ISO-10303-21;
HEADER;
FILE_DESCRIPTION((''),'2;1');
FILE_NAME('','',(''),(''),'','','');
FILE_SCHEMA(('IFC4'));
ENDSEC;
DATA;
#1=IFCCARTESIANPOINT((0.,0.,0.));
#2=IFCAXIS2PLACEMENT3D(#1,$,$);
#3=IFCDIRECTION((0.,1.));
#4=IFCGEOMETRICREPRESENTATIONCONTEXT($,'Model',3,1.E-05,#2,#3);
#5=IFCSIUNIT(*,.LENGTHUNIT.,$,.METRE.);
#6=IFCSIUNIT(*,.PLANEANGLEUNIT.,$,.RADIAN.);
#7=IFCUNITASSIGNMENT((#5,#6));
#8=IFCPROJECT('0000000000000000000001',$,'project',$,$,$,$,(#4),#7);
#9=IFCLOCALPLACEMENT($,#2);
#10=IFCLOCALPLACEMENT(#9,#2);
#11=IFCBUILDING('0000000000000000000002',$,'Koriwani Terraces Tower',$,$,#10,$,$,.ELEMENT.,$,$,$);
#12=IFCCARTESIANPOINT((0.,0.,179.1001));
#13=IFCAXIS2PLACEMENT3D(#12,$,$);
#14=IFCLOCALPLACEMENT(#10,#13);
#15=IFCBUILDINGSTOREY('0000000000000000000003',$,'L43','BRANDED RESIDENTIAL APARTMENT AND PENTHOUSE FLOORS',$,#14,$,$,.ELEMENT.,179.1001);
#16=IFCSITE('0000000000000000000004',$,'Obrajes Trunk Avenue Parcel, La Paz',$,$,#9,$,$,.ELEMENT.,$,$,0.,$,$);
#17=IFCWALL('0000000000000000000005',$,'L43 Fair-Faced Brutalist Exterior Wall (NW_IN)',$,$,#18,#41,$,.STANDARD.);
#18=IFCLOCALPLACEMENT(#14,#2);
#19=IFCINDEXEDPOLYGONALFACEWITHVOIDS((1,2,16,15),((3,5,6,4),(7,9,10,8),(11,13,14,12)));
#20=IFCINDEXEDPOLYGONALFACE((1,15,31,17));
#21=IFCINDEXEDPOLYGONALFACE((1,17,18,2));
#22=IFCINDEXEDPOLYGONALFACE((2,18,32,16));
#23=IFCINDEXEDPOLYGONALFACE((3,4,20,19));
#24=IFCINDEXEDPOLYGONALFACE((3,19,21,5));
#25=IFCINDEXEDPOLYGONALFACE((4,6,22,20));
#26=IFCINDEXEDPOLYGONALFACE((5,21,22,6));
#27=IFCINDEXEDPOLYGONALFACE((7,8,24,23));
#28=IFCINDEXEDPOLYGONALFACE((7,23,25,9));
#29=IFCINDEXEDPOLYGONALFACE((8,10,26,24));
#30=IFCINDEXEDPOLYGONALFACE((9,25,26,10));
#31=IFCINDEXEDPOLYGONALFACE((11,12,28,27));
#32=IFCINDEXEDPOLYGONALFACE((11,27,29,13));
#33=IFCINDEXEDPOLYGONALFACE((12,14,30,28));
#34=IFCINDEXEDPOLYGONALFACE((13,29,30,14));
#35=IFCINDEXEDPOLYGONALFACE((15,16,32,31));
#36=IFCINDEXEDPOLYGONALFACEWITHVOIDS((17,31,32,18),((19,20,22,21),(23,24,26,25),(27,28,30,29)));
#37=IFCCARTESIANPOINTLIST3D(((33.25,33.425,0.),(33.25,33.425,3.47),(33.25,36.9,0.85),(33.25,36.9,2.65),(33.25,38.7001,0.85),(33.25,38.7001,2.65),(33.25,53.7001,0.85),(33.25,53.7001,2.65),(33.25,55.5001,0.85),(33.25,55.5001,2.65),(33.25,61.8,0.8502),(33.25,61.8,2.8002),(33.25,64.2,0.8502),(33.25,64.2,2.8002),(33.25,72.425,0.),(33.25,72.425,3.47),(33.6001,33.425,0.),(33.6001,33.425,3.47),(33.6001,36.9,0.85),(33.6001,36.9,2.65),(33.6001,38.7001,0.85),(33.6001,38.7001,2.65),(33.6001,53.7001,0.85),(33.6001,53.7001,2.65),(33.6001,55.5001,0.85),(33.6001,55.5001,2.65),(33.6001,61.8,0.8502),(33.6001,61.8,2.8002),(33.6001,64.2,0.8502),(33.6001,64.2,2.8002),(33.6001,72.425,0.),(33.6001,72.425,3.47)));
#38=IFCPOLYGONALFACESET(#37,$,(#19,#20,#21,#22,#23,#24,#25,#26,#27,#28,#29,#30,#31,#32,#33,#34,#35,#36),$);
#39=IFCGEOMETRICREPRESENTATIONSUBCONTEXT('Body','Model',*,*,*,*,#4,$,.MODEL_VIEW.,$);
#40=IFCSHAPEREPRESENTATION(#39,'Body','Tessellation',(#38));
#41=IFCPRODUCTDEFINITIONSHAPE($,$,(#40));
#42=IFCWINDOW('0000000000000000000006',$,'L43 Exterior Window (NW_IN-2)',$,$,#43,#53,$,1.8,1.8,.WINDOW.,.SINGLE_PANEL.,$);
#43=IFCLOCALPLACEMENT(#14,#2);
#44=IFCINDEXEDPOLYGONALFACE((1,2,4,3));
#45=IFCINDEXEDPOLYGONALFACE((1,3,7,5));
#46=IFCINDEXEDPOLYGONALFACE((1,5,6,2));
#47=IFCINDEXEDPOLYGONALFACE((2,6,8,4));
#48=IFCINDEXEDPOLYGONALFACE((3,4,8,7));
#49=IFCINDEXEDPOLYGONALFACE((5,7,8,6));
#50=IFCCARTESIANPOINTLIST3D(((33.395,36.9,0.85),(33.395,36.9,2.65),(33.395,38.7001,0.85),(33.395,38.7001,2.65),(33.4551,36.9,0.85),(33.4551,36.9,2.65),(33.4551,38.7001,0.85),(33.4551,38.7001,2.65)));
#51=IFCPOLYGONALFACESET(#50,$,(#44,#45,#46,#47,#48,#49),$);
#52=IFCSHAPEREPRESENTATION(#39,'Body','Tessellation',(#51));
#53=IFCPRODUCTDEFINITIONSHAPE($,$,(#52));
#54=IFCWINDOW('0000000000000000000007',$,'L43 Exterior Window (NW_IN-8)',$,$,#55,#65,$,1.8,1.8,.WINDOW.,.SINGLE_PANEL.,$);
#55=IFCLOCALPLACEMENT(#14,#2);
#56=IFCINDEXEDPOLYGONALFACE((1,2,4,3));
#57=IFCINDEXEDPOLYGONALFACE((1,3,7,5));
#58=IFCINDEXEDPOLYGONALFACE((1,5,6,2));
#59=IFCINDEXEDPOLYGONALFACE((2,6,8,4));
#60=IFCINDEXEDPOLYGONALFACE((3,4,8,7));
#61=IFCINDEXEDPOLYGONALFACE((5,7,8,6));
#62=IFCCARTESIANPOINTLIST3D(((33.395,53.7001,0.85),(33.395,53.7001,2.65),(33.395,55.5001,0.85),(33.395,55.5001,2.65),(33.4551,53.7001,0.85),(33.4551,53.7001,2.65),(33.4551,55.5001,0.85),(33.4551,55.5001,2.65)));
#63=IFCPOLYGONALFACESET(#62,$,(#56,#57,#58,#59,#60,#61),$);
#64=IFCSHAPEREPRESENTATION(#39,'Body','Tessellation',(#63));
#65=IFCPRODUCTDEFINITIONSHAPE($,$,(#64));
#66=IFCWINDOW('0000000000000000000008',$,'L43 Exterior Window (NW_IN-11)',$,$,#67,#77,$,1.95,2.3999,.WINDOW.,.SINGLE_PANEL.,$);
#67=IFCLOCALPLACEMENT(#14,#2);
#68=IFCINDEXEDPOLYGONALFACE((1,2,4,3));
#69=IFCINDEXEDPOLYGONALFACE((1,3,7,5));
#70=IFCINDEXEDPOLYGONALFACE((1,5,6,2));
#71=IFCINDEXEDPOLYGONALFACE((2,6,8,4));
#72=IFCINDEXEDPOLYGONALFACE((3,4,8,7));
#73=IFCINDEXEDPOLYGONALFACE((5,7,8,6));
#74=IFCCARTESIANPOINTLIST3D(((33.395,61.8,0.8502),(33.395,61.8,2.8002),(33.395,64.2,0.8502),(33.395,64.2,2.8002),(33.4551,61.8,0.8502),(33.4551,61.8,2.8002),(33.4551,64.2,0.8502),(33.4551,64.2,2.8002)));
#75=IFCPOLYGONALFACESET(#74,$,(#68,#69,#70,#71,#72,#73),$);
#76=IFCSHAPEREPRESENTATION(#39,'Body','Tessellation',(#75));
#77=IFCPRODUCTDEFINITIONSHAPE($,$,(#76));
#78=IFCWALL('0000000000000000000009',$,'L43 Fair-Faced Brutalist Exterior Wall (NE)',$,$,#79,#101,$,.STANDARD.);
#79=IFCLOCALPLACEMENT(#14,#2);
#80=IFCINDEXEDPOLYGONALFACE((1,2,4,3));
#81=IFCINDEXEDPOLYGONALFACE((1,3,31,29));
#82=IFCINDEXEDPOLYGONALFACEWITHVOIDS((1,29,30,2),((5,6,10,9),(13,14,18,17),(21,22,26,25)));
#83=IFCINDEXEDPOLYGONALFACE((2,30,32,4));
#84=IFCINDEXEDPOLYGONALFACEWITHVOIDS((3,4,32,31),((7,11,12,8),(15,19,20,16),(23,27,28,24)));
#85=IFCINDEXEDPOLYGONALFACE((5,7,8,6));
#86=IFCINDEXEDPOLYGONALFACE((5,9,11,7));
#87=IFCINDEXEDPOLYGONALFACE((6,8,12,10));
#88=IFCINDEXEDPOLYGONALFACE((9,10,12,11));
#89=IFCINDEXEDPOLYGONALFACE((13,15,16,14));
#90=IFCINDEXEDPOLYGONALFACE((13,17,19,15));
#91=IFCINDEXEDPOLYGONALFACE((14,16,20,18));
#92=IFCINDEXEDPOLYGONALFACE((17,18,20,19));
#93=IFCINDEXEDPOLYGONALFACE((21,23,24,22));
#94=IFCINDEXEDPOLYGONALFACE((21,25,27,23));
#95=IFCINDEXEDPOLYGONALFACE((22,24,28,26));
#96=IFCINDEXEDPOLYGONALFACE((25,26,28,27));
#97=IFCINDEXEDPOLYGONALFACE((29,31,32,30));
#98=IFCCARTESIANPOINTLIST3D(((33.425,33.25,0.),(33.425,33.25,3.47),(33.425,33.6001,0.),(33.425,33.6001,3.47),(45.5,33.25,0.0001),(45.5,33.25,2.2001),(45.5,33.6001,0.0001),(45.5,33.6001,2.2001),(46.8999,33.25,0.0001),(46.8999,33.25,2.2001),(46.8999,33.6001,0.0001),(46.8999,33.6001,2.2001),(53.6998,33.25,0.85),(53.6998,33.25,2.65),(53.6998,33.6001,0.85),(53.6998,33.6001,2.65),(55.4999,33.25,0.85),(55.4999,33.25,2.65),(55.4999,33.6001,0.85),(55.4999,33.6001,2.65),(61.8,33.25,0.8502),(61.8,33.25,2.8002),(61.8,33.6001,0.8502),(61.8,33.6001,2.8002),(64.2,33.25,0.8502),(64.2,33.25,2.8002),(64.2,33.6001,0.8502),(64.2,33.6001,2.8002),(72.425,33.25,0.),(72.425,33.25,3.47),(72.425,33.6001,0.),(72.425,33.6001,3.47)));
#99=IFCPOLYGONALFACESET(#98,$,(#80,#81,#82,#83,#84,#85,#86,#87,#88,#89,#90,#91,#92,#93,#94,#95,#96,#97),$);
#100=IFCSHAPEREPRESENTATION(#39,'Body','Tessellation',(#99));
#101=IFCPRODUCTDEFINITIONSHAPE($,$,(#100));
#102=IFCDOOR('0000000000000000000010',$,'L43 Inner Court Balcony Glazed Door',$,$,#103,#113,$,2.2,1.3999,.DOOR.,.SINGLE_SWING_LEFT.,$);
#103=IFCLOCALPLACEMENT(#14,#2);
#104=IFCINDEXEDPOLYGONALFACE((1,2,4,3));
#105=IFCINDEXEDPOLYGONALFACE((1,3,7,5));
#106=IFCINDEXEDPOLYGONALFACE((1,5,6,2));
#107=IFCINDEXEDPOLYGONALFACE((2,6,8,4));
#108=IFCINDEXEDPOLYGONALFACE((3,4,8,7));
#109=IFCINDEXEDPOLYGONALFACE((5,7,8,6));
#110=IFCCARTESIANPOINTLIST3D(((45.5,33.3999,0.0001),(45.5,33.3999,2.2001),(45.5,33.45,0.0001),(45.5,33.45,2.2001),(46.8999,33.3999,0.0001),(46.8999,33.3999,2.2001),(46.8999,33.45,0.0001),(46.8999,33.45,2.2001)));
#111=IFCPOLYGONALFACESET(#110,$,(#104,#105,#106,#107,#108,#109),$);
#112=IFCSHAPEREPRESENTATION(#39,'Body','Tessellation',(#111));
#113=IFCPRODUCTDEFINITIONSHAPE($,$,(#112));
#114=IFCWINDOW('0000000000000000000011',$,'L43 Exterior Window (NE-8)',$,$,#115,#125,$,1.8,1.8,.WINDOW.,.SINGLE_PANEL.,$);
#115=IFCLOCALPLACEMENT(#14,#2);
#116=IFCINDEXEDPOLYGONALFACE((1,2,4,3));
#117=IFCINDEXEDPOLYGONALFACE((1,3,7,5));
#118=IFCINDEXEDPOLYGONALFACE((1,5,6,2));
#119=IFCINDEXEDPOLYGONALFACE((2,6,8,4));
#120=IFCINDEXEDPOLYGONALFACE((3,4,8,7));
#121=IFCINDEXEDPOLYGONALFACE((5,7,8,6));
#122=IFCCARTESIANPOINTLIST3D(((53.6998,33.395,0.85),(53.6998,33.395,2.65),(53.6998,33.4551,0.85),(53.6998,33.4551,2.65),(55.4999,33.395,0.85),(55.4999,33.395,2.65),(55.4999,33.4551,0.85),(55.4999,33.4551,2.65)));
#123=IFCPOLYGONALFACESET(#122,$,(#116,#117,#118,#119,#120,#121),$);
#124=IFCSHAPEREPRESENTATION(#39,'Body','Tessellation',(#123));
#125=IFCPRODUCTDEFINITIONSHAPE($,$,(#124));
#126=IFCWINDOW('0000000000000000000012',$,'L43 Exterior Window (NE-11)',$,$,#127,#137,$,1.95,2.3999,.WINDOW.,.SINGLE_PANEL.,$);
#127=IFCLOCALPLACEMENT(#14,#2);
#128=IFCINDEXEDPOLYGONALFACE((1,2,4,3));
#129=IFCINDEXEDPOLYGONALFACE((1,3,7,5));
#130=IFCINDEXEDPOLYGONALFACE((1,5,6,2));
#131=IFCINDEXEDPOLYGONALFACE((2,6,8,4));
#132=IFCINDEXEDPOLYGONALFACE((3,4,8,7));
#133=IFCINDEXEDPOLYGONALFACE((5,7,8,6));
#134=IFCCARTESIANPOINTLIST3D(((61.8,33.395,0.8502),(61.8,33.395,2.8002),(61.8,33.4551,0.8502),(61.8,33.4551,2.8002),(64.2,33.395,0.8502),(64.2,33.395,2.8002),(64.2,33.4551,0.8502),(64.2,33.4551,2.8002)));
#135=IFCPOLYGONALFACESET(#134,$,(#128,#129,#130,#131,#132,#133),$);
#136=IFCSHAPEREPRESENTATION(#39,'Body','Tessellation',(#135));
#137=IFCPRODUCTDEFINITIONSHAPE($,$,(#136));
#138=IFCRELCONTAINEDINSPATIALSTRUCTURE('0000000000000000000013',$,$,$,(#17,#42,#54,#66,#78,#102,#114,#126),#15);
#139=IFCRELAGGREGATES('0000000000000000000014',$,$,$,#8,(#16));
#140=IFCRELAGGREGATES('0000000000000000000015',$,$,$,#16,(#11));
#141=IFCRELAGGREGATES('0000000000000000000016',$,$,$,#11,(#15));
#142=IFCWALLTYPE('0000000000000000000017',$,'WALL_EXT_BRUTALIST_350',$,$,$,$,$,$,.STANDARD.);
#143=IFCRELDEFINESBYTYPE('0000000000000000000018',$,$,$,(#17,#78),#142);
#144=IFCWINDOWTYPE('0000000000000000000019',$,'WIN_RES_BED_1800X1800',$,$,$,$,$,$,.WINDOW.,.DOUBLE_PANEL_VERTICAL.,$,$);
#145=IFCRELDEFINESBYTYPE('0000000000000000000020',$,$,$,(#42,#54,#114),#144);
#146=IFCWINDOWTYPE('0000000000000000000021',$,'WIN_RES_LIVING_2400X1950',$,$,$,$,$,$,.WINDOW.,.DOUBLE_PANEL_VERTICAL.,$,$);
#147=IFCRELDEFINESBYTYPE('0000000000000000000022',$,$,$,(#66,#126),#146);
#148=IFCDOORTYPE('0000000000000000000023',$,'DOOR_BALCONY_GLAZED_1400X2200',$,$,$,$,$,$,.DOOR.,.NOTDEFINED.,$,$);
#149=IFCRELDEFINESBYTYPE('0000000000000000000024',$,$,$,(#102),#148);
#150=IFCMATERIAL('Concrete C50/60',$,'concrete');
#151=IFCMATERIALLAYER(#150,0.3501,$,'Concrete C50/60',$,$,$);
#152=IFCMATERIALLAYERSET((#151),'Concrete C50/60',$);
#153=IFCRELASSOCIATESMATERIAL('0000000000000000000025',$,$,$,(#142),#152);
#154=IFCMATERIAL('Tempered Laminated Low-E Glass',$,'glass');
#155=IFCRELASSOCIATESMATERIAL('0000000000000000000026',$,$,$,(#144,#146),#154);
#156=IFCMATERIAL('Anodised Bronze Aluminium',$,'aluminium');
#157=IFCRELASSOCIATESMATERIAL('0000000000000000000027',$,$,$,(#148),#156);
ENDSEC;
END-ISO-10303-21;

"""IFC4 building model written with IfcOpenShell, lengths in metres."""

from ifc_helpers import new_model, si_unit, direction, frame, frame_2d, origin, place, context, subcontext, project, spatial, rectangle, extrude, material, layer, layer_set, type_object, element, fill, save


model = new_model("IFC4")

# Units and contexts
model_context = context("Model", 3, precision=1e-05, world=origin(), true_north=direction((0.0, 1.0)))
body_context = subcontext(model_context, "Body", "Model", "MODEL_VIEW")
ifc_project = project(units=[si_unit("LENGTHUNIT", "METRE"), si_unit("PLANEANGLEUNIT", "RADIAN")], contexts=[model_context])

# Site, building, storey
site_placement = place(None, origin())
site = spatial("IfcSite", under=ifc_project, at=site_placement, Name="Obrajes Trunk Avenue Parcel, La Paz", CompositionType="ELEMENT", RefElevation=0.0)
building_placement = place(site_placement, origin())
building = spatial("IfcBuilding", under=site, at=building_placement, Name="Koriwani Terraces Tower", CompositionType="ELEMENT")
storey_placement = place(building_placement, frame((0.0, 0.0, 179.1001)))
storey = spatial("IfcBuildingStorey", under=building, at=storey_placement, Name="L43", Description="BRANDED RESIDENTIAL APARTMENT AND PENTHOUSE FLOORS", CompositionType="ELEMENT", Elevation=179.1001)

# Shared definitions
ifc_material_1 = material(Name="Concrete C50/60", Category="concrete")

# Wall, openings, windows
ifc_layer_1 = layer(ifc_material_1, 0.3501, Name="Concrete C50/60")
ifc_layer_set_1 = layer_set([ifc_layer_1], Name="Concrete C50/60")
wall_type_1 = type_object("IfcWallType", Name="WALL_EXT_BRUTALIST_350", PredefinedType="STANDARD", material=ifc_layer_set_1)
wall_1_placement = place(storey_placement, frame((33.425, 72.425, 0.0), z_axis=(0.0, 0.0, 1.0), x_axis=(0.0, -1.0, 0.0)))
wall_1 = element("IfcWall", 1, at=wall_1_placement, inside=storey, type_object=wall_type_1, Name="L43 Fair-Faced Brutalist Exterior Wall (NW_IN)", PredefinedType="STANDARD", context=body_context, shape_type="SweptSolid", body=[
    extrude(rectangle(XDim=39.0, YDim=0.3501, at=frame_2d((19.5, 0.0))), origin(), (0.0, 0.0, 1.0), 3.47),
])
opening_1_placement = place(wall_1_placement, frame((33.7251, 0.0, 0.8501)))
opening_1 = element("IfcOpeningElement", 2, at=opening_1_placement, cuts=wall_1, PredefinedType="OPENING", context=body_context, shape_type="SweptSolid", body=[
    extrude(rectangle(XDim=1.8, YDim=1.8, at=frame_2d((0.8999, 0.8999))), frame((0.0, 0.1851, 0.0), z_axis=(0.0, -1.0, 0.0), x_axis=(1.0, 0.0, 0.0)), (0.0, 0.0, 1.0), 0.3701),
])
opening_2_placement = place(wall_1_placement, frame((16.925, 0.0, 0.8501)))
opening_2 = element("IfcOpeningElement", 3, at=opening_2_placement, cuts=wall_1, PredefinedType="OPENING", context=body_context, shape_type="SweptSolid", body=[
    extrude(rectangle(XDim=1.8, YDim=1.8, at=frame_2d((0.8999, 0.8999))), frame((0.0, 0.1851, 0.0), z_axis=(0.0, -1.0, 0.0), x_axis=(1.0, 0.0, 0.0)), (0.0, 0.0, 1.0), 0.3701),
])
opening_3_placement = place(wall_1_placement, frame((8.2251, 0.0, 0.8501)))
opening_3 = element("IfcOpeningElement", 4, at=opening_3_placement, cuts=wall_1, PredefinedType="OPENING", context=body_context, shape_type="SweptSolid", body=[
    extrude(rectangle(XDim=2.3999, YDim=1.95, at=frame_2d((1.2, 0.9751))), frame((0.0, 0.1851, 0.0), z_axis=(0.0, -1.0, 0.0), x_axis=(1.0, 0.0, 0.0)), (0.0, 0.0, 1.0), 0.3701),
])
ifc_material_2 = material(Name="Tempered Laminated Low-E Glass", Category="glass")
window_type_1 = type_object("IfcWindowType", Name="WIN_RES_BED_1800X1800", PartitioningType="DOUBLE_PANEL_VERTICAL", PredefinedType="WINDOW", material=ifc_material_2)
window_1_placement = place(opening_1_placement, origin())
window_1 = element("IfcWindow", 5, at=window_1_placement, inside=storey, type_object=window_type_1, Name="L43 Exterior Window (NW_IN-2)", OverallHeight=1.8, OverallWidth=1.8, PartitioningType="SINGLE_PANEL", PredefinedType="WINDOW", context=body_context, shape_type="SweptSolid", body=[
    extrude(rectangle(XDim=1.8, YDim=1.8, at=frame_2d((0.8999, 0.8999))), frame((0.0, 0.03, 0.0), z_axis=(0.0, -1.0, 0.0), x_axis=(1.0, 0.0, 0.0)), (0.0, 0.0, 1.0), 0.0601),
])
fill(opening_1, window_1)
window_2_placement = place(opening_2_placement, origin())
window_2 = element("IfcWindow", 6, at=window_2_placement, inside=storey, type_object=window_type_1, Name="L43 Exterior Window (NW_IN-8)", OverallHeight=1.8, OverallWidth=1.8, PartitioningType="SINGLE_PANEL", PredefinedType="WINDOW", context=body_context, shape_type="SweptSolid", body=[
    extrude(rectangle(XDim=1.8, YDim=1.8, at=frame_2d((0.8999, 0.8999))), frame((0.0, 0.03, 0.0), z_axis=(0.0, -1.0, 0.0), x_axis=(1.0, 0.0, 0.0)), (0.0, 0.0, 1.0), 0.0601),
])
fill(opening_2, window_2)
window_type_2 = type_object("IfcWindowType", Name="WIN_RES_LIVING_2400X1950", PartitioningType="DOUBLE_PANEL_VERTICAL", PredefinedType="WINDOW", material=ifc_material_2)
window_3_placement = place(opening_3_placement, origin())
window_3 = element("IfcWindow", 7, at=window_3_placement, inside=storey, type_object=window_type_2, Name="L43 Exterior Window (NW_IN-11)", OverallHeight=1.95, OverallWidth=2.3999, PartitioningType="SINGLE_PANEL", PredefinedType="WINDOW", context=body_context, shape_type="SweptSolid", body=[
    extrude(rectangle(XDim=2.3999, YDim=1.95, at=frame_2d((1.2, 0.9751))), frame((0.0, 0.03, 0.0), z_axis=(0.0, -1.0, 0.0), x_axis=(1.0, 0.0, 0.0)), (0.0, 0.0, 1.0), 0.0601),
])
fill(opening_3, window_3)

# Wall, openings, door, windows
wall_2_placement = place(storey_placement, frame((33.425, 33.425, 0.0), z_axis=(0.0, 0.0, 1.0), x_axis=(1.0, 0.0, 0.0)))
wall_2 = element("IfcWall", 8, at=wall_2_placement, inside=storey, type_object=wall_type_1, Name="L43 Fair-Faced Brutalist Exterior Wall (NE)", PredefinedType="STANDARD", context=body_context, shape_type="SweptSolid", body=[
    extrude(rectangle(XDim=39.0, YDim=0.3501, at=frame_2d((19.5, 0.0))), origin(), (0.0, 0.0, 1.0), 3.47),
])
opening_4_placement = place(wall_2_placement, frame((12.075, 0.0, 0.0)))
opening_4 = element("IfcOpeningElement", 9, at=opening_4_placement, cuts=wall_2, PredefinedType="OPENING", context=body_context, shape_type="SweptSolid", body=[
    extrude(rectangle(XDim=1.3999, YDim=2.2, at=frame_2d((0.7, 1.1001))), frame((0.0, 0.1851, 0.0), z_axis=(0.0, -1.0, 0.0), x_axis=(1.0, 0.0, 0.0)), (0.0, 0.0, 1.0), 0.3701),
])
opening_5_placement = place(wall_2_placement, frame((20.2749, 0.0, 0.8501)))
opening_5 = element("IfcOpeningElement", 10, at=opening_5_placement, cuts=wall_2, PredefinedType="OPENING", context=body_context, shape_type="SweptSolid", body=[
    extrude(rectangle(XDim=1.8, YDim=1.8, at=frame_2d((0.8999, 0.8999))), frame((0.0, 0.1851, 0.0), z_axis=(0.0, -1.0, 0.0), x_axis=(1.0, 0.0, 0.0)), (0.0, 0.0, 1.0), 0.3701),
])
opening_6_placement = place(wall_2_placement, frame((28.375, 0.0, 0.8501)))
opening_6 = element("IfcOpeningElement", 11, at=opening_6_placement, cuts=wall_2, PredefinedType="OPENING", context=body_context, shape_type="SweptSolid", body=[
    extrude(rectangle(XDim=2.3999, YDim=1.95, at=frame_2d((1.2, 0.9751))), frame((0.0, 0.1851, 0.0), z_axis=(0.0, -1.0, 0.0), x_axis=(1.0, 0.0, 0.0)), (0.0, 0.0, 1.0), 0.3701),
])
ifc_material_3 = material(Name="Anodised Bronze Aluminium", Category="aluminium")
door_type = type_object("IfcDoorType", Name="DOOR_BALCONY_GLAZED_1400X2200", OperationType="NOTDEFINED", PredefinedType="DOOR", material=ifc_material_3)
door_placement = place(opening_4_placement, origin())
door = element("IfcDoor", 12, at=door_placement, inside=storey, type_object=door_type, Name="L43 Inner Court Balcony Glazed Door", OperationType="SINGLE_SWING_LEFT", OverallHeight=2.2, OverallWidth=1.3999, PredefinedType="DOOR", context=body_context, shape_type="SweptSolid", body=[
    extrude(rectangle(XDim=1.3999, YDim=2.2, at=frame_2d((0.7, 1.1001))), frame((0.0, 0.0249, 0.0), z_axis=(0.0, -1.0, 0.0), x_axis=(1.0, 0.0, 0.0)), (0.0, 0.0, 1.0), 0.05),
])
fill(opening_4, door)
window_4_placement = place(opening_5_placement, origin())
window_4 = element("IfcWindow", 13, at=window_4_placement, inside=storey, type_object=window_type_1, Name="L43 Exterior Window (NE-8)", OverallHeight=1.8, OverallWidth=1.8, PartitioningType="SINGLE_PANEL", PredefinedType="WINDOW", context=body_context, shape_type="SweptSolid", body=[
    extrude(rectangle(XDim=1.8, YDim=1.8, at=frame_2d((0.8999, 0.8999))), frame((0.0, 0.03, 0.0), z_axis=(0.0, -1.0, 0.0), x_axis=(1.0, 0.0, 0.0)), (0.0, 0.0, 1.0), 0.0601),
])
fill(opening_5, window_4)
window_5_placement = place(opening_6_placement, origin())
window_5 = element("IfcWindow", 14, at=window_5_placement, inside=storey, type_object=window_type_2, Name="L43 Exterior Window (NE-11)", OverallHeight=1.95, OverallWidth=2.3999, PartitioningType="SINGLE_PANEL", PredefinedType="WINDOW", context=body_context, shape_type="SweptSolid", body=[
    extrude(rectangle(XDim=2.3999, YDim=1.95, at=frame_2d((1.2, 0.9751))), frame((0.0, 0.03, 0.0), z_axis=(0.0, -1.0, 0.0), x_axis=(1.0, 0.0, 0.0)), (0.0, 0.0, 1.0), 0.0601),
])
fill(opening_6, window_5)

save(model, "model.ifc")
